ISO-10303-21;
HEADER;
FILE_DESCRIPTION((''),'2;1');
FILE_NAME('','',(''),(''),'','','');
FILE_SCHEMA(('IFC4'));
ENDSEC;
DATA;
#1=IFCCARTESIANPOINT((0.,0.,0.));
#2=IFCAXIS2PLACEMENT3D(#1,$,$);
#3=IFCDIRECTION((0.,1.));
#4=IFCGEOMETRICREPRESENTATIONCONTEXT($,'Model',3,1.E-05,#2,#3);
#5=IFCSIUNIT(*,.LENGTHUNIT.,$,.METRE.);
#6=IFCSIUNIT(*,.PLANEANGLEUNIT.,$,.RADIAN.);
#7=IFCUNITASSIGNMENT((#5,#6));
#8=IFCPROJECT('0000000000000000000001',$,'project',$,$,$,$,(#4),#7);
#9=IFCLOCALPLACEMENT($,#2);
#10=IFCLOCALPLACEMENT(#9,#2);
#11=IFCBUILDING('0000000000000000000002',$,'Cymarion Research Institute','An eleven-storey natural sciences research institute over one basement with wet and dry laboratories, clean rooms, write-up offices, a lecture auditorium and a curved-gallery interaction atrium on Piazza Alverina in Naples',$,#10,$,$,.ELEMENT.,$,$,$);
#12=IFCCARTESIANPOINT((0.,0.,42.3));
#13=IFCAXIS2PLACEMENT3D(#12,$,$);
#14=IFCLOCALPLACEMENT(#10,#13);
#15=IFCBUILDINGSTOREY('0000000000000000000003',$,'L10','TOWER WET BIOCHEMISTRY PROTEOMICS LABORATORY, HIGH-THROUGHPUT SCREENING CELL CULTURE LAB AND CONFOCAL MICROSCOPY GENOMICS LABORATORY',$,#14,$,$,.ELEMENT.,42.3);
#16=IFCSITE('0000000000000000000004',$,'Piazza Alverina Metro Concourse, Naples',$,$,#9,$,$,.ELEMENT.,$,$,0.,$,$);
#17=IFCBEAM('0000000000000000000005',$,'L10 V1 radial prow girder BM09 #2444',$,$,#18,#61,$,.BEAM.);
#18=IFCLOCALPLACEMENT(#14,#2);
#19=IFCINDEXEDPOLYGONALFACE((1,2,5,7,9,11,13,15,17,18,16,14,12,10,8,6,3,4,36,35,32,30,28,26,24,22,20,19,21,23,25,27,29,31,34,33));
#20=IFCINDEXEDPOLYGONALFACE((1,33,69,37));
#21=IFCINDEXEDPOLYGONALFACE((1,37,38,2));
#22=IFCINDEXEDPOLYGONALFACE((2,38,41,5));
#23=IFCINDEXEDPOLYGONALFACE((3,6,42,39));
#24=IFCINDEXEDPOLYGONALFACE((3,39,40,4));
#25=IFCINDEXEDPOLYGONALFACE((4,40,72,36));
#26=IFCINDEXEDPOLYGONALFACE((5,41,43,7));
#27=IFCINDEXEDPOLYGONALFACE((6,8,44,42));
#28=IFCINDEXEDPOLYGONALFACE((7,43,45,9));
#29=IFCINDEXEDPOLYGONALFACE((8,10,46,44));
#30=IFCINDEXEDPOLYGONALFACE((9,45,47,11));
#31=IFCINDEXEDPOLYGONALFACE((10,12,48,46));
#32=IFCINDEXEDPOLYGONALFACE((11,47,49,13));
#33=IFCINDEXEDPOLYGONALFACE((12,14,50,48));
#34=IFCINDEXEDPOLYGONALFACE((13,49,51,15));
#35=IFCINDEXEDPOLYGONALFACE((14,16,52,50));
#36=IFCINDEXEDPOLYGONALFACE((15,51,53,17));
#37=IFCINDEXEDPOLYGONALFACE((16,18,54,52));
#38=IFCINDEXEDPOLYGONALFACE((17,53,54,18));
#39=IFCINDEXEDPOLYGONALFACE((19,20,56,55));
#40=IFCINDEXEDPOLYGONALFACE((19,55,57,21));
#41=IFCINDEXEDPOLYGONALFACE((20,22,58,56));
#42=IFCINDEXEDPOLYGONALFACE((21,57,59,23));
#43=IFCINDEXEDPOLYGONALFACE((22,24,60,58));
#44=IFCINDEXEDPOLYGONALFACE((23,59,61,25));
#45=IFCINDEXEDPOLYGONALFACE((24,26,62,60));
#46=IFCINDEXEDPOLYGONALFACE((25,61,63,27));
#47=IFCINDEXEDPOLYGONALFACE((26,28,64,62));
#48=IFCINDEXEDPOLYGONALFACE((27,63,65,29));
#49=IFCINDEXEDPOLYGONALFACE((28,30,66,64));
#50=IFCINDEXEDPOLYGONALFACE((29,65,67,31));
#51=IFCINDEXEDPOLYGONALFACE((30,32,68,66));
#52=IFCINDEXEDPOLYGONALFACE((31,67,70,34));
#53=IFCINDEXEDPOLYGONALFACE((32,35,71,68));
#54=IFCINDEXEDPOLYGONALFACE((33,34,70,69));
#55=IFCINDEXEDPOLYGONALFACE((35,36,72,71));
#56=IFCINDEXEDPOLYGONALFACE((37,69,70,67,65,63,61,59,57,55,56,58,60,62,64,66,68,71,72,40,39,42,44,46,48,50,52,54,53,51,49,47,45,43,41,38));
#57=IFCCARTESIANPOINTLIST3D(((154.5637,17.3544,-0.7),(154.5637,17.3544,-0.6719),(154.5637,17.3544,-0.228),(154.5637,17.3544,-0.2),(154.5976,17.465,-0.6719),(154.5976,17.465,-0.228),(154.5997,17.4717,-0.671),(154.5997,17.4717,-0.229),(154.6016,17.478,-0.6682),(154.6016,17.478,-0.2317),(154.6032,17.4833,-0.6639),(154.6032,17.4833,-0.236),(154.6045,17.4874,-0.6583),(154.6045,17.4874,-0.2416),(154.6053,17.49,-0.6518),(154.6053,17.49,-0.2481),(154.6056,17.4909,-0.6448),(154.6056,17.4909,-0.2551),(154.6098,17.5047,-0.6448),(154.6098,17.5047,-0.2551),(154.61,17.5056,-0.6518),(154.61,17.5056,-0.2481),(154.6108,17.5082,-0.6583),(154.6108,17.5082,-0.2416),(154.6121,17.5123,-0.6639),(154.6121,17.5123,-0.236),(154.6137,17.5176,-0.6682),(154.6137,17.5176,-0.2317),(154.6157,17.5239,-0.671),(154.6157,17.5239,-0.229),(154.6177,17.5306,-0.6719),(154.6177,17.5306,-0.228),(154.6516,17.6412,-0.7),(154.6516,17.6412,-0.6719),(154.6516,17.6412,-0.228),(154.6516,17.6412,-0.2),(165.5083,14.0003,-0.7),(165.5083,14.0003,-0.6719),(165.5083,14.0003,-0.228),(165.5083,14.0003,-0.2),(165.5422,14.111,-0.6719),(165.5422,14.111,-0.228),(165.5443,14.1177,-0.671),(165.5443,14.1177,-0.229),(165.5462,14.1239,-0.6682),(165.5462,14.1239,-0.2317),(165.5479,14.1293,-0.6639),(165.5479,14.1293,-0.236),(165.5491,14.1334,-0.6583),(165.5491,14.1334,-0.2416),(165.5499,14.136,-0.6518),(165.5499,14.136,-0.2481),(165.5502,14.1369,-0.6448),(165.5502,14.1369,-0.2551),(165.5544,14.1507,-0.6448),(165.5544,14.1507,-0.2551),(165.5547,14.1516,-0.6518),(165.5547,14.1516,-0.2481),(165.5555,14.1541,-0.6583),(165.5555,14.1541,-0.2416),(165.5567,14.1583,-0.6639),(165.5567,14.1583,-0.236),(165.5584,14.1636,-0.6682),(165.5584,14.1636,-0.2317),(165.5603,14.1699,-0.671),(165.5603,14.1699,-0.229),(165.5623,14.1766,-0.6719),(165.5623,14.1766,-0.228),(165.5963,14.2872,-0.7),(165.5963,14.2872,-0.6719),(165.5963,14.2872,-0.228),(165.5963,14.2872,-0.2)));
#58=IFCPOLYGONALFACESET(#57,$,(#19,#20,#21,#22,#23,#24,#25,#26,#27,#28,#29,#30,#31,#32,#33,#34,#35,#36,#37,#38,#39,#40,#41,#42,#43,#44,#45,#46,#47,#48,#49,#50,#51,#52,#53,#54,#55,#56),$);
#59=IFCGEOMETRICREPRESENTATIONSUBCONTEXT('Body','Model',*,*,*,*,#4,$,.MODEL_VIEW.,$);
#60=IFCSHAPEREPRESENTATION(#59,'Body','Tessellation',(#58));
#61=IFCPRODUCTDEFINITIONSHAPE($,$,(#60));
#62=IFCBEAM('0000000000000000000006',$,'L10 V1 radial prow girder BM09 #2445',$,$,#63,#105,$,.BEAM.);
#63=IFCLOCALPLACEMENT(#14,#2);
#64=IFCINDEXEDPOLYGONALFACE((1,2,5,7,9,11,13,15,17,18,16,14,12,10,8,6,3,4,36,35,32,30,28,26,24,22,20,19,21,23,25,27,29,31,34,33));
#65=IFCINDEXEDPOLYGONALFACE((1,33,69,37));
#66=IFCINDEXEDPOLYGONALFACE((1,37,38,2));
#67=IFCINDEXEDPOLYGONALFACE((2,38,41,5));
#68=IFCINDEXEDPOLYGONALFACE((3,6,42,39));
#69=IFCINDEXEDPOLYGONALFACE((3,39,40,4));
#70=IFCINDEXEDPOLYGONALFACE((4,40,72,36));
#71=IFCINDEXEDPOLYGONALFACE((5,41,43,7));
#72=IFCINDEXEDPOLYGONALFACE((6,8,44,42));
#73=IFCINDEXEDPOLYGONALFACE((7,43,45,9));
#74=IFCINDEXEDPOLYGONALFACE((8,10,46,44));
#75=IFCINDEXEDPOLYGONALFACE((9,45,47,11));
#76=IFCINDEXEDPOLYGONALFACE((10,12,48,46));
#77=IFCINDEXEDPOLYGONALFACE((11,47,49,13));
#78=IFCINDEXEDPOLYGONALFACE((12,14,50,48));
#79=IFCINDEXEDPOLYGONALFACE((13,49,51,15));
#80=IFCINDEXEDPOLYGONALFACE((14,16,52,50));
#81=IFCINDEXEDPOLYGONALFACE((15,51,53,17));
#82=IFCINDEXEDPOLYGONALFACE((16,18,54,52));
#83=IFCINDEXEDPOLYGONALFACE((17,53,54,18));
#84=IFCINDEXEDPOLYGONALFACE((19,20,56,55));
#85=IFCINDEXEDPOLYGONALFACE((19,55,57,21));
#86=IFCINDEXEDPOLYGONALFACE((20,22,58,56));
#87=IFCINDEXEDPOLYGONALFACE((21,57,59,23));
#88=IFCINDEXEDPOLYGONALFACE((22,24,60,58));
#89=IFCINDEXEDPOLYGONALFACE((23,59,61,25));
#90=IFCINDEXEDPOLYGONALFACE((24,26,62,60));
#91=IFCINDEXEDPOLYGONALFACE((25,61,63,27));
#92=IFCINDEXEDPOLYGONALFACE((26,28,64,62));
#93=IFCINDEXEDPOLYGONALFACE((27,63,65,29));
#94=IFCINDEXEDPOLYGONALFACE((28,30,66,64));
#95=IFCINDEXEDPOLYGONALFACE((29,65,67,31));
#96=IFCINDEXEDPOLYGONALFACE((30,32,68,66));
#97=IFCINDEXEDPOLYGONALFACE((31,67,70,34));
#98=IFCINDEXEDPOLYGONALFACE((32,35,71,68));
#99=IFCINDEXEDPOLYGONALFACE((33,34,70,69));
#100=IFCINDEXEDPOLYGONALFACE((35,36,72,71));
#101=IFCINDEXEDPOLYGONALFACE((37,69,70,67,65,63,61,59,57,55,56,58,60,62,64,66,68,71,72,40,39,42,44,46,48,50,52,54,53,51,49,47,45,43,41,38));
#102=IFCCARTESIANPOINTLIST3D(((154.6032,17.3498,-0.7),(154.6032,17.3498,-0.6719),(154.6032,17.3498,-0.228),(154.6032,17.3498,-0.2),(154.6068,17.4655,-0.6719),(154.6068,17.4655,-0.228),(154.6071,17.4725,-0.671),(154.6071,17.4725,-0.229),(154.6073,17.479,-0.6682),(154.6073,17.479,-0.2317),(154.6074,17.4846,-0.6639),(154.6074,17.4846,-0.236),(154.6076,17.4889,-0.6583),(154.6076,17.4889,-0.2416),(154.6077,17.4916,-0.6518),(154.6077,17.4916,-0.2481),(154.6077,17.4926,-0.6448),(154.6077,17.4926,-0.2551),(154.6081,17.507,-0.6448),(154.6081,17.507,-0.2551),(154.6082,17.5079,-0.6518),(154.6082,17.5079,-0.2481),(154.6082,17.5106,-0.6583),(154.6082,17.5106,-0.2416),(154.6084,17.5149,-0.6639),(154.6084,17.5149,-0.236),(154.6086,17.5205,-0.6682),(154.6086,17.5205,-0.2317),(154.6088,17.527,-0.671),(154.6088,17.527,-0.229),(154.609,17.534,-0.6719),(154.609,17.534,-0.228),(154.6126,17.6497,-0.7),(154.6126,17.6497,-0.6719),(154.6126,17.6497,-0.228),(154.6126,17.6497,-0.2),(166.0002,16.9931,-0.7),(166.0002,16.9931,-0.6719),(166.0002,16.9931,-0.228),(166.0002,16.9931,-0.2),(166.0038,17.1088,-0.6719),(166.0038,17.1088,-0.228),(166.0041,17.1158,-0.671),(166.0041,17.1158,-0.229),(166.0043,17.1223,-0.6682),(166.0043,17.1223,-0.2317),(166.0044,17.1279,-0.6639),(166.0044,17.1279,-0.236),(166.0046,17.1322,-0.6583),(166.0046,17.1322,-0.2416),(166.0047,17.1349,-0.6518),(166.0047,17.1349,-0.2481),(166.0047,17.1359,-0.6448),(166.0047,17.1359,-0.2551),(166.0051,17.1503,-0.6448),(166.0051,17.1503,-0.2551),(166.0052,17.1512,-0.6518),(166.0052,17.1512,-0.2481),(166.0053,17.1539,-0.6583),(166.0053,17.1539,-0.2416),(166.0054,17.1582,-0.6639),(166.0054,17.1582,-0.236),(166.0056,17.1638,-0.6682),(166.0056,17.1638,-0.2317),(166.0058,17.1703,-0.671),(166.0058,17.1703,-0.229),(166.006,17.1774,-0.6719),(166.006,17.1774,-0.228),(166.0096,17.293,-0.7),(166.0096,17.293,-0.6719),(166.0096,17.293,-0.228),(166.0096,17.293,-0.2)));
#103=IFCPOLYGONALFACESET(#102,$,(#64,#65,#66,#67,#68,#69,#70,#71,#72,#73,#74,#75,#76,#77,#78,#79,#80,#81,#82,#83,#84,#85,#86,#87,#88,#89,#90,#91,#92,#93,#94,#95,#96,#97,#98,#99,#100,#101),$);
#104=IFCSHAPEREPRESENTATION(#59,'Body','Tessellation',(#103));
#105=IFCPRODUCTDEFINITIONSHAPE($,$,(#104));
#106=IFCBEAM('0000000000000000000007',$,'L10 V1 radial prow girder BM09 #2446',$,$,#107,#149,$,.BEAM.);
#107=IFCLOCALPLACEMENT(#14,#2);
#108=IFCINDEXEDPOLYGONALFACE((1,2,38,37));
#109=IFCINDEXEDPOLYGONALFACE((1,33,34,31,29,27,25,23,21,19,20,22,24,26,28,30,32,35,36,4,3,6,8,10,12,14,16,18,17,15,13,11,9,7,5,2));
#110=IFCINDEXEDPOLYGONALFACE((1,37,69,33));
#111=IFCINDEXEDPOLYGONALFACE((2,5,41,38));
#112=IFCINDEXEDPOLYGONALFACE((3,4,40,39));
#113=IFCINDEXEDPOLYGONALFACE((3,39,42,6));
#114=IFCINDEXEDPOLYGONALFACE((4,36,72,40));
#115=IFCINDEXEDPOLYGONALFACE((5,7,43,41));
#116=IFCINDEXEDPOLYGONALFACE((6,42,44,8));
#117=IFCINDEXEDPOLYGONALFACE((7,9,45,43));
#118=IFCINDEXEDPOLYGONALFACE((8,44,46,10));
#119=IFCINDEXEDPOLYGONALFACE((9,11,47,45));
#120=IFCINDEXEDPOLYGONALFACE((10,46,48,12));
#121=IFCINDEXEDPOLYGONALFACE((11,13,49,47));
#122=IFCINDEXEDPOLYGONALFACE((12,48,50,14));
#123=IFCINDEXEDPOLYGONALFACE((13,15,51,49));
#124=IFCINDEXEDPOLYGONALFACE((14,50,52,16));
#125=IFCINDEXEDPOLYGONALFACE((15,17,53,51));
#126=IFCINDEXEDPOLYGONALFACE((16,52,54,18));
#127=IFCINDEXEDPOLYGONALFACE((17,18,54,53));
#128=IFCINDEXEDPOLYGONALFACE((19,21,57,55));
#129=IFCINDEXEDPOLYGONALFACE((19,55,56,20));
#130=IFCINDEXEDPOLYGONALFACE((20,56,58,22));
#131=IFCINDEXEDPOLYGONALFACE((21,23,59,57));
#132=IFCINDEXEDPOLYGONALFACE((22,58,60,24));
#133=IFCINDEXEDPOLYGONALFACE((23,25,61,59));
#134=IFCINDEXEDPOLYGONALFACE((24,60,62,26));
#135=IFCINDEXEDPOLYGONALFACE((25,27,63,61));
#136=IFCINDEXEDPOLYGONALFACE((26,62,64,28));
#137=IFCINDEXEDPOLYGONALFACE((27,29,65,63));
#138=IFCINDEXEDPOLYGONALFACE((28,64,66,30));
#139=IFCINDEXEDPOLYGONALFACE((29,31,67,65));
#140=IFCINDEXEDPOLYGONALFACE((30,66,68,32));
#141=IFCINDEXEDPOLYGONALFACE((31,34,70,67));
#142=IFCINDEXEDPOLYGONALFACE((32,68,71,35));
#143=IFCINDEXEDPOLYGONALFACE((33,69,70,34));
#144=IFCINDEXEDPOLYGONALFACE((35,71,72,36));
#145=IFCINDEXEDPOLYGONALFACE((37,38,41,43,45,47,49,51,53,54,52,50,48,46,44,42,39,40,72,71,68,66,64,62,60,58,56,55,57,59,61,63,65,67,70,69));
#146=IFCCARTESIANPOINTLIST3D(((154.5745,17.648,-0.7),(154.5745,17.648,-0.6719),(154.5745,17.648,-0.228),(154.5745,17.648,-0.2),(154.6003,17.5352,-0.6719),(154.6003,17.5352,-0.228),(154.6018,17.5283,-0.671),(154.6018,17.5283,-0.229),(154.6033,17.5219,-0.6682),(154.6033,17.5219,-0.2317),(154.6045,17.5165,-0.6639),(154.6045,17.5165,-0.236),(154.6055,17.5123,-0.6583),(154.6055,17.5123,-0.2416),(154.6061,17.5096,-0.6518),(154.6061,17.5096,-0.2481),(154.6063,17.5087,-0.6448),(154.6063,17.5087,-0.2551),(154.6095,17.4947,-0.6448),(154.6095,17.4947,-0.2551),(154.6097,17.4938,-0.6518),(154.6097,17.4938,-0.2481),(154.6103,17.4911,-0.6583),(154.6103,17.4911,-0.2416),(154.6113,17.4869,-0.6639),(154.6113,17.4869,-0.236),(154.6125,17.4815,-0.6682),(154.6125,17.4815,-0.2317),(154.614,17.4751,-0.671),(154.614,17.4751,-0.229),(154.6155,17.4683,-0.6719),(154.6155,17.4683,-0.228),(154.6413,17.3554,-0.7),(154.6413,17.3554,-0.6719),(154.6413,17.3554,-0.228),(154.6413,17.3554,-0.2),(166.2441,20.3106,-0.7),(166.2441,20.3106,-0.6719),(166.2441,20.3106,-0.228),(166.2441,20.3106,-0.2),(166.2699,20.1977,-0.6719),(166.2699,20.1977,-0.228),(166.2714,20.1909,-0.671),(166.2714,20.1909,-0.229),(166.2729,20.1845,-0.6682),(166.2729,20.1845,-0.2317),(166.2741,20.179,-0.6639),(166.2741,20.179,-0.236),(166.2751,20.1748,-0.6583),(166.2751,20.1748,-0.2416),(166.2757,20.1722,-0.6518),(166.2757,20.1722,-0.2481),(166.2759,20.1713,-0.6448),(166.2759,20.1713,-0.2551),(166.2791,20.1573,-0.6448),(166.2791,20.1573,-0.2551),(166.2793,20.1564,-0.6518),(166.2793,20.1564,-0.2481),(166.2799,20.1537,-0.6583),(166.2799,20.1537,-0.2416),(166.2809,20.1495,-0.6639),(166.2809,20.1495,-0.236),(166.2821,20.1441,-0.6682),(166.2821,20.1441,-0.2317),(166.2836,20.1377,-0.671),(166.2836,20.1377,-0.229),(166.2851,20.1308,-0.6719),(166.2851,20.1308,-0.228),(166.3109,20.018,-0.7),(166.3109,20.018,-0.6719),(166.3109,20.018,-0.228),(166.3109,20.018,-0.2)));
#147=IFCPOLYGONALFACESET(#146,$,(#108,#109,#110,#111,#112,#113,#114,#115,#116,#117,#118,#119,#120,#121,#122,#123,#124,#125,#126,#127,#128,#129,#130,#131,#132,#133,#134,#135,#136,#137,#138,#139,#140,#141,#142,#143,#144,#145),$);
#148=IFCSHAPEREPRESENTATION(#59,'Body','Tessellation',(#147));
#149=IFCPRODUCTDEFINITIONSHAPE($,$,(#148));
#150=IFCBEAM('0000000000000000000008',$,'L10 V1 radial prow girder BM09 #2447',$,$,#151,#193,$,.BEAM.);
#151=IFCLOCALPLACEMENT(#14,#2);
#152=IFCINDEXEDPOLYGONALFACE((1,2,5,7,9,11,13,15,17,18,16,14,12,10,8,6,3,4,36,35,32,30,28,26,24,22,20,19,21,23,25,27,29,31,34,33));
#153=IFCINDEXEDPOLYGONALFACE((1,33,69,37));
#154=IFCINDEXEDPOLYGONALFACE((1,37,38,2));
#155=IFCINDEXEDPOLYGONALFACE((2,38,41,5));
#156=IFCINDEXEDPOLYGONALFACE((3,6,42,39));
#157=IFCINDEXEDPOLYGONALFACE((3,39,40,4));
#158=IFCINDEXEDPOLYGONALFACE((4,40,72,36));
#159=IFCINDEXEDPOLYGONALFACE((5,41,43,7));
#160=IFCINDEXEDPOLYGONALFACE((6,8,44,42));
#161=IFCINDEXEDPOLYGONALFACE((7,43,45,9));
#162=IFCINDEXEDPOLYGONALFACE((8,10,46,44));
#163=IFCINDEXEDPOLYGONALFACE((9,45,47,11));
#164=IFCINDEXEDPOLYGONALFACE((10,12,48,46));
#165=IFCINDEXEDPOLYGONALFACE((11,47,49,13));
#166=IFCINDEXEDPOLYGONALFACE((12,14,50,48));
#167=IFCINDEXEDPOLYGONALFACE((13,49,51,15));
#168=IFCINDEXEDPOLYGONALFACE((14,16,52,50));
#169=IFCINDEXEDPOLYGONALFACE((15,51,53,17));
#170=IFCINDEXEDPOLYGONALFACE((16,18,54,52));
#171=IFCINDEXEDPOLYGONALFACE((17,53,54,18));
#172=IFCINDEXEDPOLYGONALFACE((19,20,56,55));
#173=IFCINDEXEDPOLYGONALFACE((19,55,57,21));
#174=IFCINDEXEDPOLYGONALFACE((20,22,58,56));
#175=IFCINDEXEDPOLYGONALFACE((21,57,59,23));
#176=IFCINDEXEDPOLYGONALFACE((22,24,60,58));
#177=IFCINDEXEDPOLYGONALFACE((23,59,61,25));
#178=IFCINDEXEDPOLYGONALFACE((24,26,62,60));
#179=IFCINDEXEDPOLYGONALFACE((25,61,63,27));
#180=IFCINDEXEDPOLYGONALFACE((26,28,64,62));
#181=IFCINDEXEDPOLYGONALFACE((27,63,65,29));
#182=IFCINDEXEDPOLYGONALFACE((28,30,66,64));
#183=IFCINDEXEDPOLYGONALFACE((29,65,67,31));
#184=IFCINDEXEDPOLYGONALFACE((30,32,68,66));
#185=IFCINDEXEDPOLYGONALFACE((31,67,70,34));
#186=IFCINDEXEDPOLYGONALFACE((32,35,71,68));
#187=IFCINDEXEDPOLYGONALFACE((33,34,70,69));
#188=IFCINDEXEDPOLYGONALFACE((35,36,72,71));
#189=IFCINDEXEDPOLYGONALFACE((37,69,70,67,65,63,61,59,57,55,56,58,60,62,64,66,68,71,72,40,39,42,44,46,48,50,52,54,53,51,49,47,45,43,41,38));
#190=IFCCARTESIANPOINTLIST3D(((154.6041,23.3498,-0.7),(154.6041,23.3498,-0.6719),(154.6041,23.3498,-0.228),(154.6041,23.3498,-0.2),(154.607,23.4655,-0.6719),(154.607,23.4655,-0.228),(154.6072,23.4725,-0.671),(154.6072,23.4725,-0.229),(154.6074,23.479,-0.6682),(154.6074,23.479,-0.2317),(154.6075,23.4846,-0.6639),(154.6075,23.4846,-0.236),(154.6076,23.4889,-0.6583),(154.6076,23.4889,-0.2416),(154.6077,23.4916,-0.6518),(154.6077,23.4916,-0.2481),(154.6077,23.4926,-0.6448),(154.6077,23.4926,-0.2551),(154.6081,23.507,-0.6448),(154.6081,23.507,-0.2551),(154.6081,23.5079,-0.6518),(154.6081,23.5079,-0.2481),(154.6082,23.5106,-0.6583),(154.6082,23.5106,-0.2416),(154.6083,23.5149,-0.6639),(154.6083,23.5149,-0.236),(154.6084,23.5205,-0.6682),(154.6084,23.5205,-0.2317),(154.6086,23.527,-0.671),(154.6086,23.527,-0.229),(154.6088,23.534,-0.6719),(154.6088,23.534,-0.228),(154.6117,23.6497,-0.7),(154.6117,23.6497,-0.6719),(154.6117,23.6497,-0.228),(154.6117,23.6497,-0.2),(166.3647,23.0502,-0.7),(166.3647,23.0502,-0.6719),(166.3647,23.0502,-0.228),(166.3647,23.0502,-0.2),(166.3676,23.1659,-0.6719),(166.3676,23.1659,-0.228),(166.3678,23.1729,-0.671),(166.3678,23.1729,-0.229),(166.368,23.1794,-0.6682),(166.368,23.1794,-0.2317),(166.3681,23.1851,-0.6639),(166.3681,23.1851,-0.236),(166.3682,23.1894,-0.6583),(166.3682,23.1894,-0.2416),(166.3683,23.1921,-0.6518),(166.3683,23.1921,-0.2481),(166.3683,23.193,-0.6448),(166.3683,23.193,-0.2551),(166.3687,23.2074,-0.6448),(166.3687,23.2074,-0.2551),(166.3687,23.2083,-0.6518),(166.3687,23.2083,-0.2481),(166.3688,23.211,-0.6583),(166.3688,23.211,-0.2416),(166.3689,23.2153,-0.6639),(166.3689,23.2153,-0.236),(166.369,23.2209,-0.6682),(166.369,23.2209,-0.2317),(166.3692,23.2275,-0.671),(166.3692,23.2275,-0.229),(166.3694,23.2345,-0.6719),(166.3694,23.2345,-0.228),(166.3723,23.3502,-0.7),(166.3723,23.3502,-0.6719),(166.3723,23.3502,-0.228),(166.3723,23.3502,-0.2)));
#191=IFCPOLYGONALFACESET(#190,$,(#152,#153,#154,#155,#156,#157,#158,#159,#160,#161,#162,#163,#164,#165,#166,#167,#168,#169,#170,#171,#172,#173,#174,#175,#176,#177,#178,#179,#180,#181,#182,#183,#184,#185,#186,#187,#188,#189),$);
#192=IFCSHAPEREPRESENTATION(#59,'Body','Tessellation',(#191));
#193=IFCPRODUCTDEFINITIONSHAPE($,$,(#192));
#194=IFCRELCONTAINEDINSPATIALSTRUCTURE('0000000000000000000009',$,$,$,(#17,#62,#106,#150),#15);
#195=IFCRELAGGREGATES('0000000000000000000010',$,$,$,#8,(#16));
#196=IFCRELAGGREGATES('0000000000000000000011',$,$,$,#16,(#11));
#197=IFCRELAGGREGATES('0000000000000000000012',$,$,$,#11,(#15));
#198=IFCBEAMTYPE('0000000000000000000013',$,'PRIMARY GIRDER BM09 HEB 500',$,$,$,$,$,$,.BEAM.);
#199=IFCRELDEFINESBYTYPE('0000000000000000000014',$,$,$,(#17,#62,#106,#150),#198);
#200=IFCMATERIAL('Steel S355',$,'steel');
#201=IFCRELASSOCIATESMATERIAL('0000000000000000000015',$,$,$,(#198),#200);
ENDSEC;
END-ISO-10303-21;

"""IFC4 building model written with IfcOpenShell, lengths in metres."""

from ifc_helpers import new_model, si_unit, direction, frame, origin, origin_2d, place, context, subcontext, project, spatial, i_section, extrude, material, material_profile, profile_set, type_object, element, save


model = new_model("IFC4")

# Units and contexts
model_context = context("Model", 3, precision=1e-05, world=origin(), true_north=direction((0.0, 1.0)))
body_context = subcontext(model_context, "Body", "Model", "MODEL_VIEW")
ifc_project = project(units=[si_unit("LENGTHUNIT", "METRE"), si_unit("PLANEANGLEUNIT", "RADIAN")], contexts=[model_context])

# Site, building, storey
site_placement = place(None, origin())
site = spatial("IfcSite", under=ifc_project, at=site_placement, Name="Piazza Alverina Metro Concourse, Naples", CompositionType="ELEMENT", RefElevation=0.0)
building_placement = place(site_placement, origin())
building = spatial("IfcBuilding", under=site, at=building_placement, Name="Cymarion Research Institute", Description="An eleven-storey natural sciences research institute over one basement with wet and dry laboratories, clean rooms, write-up offices, a lecture auditorium and a curved-gallery interaction atrium on Piazza Alverina in Naples", CompositionType="ELEMENT")
storey_placement = place(building_placement, frame((0.0, 0.0, 42.3)))
storey = spatial("IfcBuildingStorey", under=building, at=storey_placement, Name="L10", Description="TOWER WET BIOCHEMISTRY PROTEOMICS LABORATORY, HIGH-THROUGHPUT SCREENING CELL CULTURE LAB AND CONFOCAL MICROSCOPY GENOMICS LABORATORY", CompositionType="ELEMENT", Elevation=42.3)

# Shared definitions
ifc_material_1 = material(Name="Steel S355", Category="steel")

# Beams
ifc_material_profile_1 = material_profile(ifc_material_1, i_section(OverallWidth=0.3, OverallDepth=0.5, WebThickness=0.0144, FlangeThickness=0.0281, FilletRadius=0.0271, at=origin_2d()), Name="HEB 500")
ifc_profile_set_1 = profile_set([ifc_material_profile_1], Name="Steel S355")
beam_type_1 = type_object("IfcBeamType", Name="PRIMARY GIRDER BM09 HEB 500", PredefinedType="BEAM", material=ifc_profile_set_1)
beam_1_placement = place(storey_placement, frame((154.6077, 17.4978, -0.45), z_axis=(0.956111, -0.293004, 0.0), x_axis=(0.293004, 0.956111, 0.0)))
element("IfcBeam", 1, at=beam_1_placement, inside=storey, type_object=beam_type_1, Name="L10 V1 radial prow girder BM09 #2444", PredefinedType="BEAM", context=body_context, shape_type="SweptSolid", body=[
    extrude(i_section(OverallWidth=0.3, OverallDepth=0.5, WebThickness=0.0144, FlangeThickness=0.0281, FilletRadius=0.0271, at=origin_2d()), origin(), (0.0, 0.0, 1.0), 11.447),
])
beam_2_placement = place(storey_placement, frame((154.6079, 17.4998, -0.45), z_axis=(0.999511, -0.031282, 0.0), x_axis=(0.031282, 0.999511, 0.0)))
element("IfcBeam", 2, at=beam_2_placement, inside=storey, type_object=beam_type_1, Name="L10 V1 radial prow girder BM09 #2445", PredefinedType="BEAM", context=body_context, shape_type="SweptSolid", body=[
    extrude(i_section(OverallWidth=0.3, OverallDepth=0.5, WebThickness=0.0144, FlangeThickness=0.0281, FilletRadius=0.0271, at=origin_2d()), origin(), (0.0, 0.0, 1.0), 11.4026),
])
beam_3_placement = place(storey_placement, frame((154.6079, 17.5017, -0.45), z_axis=(0.974945, 0.222447, 0.0), x_axis=(-0.222447, 0.974945, 0.0)))
element("IfcBeam", 3, at=beam_3_placement, inside=storey, type_object=beam_type_1, Name="L10 V1 radial prow girder BM09 #2446", PredefinedType="BEAM", context=body_context, shape_type="SweptSolid", body=[
    extrude(i_section(OverallWidth=0.3, OverallDepth=0.5, WebThickness=0.0144, FlangeThickness=0.0281, FilletRadius=0.0271, at=origin_2d()), origin(), (0.0, 0.0, 1.0), 11.9695),
])
beam_4_placement = place(storey_placement, frame((154.6079, 23.4998, -0.45), z_axis=(0.999676, -0.025463, 0.0), x_axis=(0.025463, 0.999676, 0.0)))
element("IfcBeam", 4, at=beam_4_placement, inside=storey, type_object=beam_type_1, Name="L10 V1 radial prow girder BM09 #2447", PredefinedType="BEAM", context=body_context, shape_type="SweptSolid", body=[
    extrude(i_section(OverallWidth=0.3, OverallDepth=0.5, WebThickness=0.0144, FlangeThickness=0.0281, FilletRadius=0.0271, at=origin_2d()), origin(), (0.0, 0.0, 1.0), 11.7644),
])

save(model, "model.ifc")
